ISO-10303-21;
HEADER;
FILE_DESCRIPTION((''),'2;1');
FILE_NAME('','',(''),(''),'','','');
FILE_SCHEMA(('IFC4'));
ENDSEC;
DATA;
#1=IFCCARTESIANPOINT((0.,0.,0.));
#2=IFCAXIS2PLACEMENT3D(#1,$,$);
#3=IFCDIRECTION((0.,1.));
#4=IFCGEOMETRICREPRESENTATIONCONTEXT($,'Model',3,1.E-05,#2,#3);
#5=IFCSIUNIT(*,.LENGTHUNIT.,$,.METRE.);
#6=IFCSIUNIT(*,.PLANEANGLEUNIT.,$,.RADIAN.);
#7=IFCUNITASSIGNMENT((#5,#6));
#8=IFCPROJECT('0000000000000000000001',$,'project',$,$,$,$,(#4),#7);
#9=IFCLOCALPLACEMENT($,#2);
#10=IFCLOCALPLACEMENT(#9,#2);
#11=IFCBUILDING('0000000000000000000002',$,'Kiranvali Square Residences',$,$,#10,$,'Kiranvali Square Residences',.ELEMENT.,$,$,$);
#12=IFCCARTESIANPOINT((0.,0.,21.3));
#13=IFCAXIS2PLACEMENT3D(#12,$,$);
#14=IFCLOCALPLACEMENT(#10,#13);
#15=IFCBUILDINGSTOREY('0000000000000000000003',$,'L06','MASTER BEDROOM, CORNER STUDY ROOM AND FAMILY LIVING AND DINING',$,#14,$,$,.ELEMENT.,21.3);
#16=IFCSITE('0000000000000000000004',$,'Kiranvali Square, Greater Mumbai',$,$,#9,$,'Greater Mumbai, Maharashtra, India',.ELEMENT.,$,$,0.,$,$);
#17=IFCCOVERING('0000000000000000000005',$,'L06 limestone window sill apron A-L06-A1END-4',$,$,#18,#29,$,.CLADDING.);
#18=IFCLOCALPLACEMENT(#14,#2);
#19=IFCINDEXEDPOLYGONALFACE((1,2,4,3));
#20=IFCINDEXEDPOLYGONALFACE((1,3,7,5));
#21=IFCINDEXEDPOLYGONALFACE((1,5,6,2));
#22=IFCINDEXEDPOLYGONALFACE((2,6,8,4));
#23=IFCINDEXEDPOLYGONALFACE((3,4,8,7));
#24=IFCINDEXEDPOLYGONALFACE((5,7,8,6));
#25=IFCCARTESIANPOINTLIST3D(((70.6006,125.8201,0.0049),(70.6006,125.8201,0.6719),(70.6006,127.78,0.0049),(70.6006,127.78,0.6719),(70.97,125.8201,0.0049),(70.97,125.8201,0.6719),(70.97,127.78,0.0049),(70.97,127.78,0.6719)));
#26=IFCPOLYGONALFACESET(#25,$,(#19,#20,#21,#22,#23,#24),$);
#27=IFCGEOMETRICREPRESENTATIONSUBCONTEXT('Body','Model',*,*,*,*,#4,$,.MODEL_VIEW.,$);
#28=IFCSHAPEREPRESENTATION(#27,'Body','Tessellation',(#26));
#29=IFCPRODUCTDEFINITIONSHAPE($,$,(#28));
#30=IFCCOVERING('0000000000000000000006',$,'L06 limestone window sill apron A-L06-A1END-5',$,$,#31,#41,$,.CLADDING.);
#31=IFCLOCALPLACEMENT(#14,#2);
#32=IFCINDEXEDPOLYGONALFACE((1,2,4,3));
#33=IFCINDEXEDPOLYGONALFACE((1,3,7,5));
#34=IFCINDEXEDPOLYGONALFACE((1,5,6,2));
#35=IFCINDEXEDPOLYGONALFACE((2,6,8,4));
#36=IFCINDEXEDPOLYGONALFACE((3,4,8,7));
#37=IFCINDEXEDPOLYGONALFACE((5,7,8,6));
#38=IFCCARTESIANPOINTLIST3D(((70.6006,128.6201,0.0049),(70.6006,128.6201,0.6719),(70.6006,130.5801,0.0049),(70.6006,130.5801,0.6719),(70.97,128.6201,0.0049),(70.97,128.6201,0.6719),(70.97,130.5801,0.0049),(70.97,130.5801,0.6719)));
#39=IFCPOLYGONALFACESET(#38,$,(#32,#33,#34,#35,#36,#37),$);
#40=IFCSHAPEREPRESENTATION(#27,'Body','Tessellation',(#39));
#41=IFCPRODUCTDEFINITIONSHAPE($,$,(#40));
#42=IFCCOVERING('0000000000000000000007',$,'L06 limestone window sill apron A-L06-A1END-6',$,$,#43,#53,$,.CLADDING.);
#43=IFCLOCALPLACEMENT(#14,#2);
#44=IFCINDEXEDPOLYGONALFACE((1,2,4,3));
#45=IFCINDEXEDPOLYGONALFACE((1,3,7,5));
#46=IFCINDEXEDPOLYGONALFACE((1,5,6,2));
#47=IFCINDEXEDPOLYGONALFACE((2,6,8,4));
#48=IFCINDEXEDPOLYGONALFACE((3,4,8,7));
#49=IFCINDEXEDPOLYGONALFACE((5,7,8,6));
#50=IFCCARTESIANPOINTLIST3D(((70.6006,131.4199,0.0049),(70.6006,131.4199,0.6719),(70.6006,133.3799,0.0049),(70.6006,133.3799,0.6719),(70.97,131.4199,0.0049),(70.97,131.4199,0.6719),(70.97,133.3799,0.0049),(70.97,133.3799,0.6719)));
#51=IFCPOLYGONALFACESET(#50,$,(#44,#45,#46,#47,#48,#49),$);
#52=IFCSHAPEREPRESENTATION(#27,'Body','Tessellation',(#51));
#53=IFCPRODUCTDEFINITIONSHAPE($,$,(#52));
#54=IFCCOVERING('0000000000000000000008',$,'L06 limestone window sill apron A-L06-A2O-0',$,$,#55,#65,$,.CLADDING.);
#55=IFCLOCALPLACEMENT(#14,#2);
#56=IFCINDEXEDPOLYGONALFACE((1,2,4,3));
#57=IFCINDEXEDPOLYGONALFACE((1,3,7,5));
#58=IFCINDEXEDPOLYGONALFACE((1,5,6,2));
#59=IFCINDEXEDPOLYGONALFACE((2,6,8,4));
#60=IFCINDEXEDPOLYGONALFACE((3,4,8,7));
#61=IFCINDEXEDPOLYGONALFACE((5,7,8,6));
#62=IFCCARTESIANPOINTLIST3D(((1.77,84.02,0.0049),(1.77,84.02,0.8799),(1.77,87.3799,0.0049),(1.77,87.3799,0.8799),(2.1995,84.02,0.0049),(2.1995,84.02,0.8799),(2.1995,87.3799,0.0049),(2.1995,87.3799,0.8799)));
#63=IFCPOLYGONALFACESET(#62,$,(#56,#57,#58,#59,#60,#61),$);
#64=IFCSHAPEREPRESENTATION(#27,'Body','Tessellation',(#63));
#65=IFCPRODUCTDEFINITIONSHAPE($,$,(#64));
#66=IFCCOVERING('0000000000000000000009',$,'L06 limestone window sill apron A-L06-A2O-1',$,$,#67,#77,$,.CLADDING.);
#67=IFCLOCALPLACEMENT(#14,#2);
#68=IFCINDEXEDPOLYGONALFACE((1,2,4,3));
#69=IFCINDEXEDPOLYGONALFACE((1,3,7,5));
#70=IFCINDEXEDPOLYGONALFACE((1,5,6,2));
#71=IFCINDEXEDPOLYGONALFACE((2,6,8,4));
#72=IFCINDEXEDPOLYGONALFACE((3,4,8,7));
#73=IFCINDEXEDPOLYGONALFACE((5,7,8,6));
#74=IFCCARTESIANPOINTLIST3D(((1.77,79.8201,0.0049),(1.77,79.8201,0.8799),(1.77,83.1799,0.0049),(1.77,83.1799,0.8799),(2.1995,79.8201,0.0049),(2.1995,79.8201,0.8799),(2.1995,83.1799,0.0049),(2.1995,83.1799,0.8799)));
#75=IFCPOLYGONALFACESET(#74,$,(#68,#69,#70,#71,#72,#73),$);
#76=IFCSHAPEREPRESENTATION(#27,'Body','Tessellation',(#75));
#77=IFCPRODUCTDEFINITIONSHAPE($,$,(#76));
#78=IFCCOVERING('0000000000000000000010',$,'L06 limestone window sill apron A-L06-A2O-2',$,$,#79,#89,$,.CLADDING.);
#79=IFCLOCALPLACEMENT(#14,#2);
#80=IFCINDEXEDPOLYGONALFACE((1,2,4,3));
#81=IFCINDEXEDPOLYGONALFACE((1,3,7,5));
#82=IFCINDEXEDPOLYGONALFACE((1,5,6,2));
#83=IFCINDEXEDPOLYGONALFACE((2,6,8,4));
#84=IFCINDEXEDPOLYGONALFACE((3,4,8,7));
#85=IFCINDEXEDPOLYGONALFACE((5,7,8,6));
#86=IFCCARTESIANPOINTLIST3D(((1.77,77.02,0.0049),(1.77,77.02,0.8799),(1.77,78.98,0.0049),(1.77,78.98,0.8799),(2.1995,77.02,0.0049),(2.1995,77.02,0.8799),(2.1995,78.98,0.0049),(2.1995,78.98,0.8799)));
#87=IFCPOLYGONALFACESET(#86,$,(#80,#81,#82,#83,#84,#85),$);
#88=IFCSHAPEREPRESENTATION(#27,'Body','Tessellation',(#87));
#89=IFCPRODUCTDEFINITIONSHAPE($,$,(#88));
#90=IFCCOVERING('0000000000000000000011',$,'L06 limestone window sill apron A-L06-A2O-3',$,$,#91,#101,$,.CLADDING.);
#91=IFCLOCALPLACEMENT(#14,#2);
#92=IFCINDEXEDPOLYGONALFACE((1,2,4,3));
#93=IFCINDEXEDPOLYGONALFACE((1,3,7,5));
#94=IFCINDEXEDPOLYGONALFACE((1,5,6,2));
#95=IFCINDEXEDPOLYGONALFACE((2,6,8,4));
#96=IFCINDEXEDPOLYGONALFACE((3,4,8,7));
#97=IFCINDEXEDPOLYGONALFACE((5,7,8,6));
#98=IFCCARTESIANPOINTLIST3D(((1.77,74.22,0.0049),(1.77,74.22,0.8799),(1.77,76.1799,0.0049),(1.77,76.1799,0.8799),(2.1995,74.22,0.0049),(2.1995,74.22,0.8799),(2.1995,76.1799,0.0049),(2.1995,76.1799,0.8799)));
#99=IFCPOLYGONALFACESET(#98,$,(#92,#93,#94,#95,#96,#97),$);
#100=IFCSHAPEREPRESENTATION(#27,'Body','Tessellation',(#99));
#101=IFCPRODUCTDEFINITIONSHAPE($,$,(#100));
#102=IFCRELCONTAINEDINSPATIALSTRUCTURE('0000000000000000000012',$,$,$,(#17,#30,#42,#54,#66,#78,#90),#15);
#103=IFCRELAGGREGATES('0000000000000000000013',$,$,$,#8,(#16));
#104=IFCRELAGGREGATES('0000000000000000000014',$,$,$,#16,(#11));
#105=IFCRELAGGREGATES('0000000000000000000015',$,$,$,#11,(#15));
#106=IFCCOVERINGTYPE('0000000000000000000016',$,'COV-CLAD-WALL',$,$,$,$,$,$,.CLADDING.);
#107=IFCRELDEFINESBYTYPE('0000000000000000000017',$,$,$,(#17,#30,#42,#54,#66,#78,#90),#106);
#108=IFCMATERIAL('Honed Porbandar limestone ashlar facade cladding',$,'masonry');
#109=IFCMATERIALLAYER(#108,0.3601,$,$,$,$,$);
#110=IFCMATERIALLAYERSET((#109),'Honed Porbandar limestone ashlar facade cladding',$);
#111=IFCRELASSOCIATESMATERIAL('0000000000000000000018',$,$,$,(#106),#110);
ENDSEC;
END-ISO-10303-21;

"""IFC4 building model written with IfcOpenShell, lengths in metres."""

from ifc_helpers import new_model, si_unit, direction, frame, origin, place, context, subcontext, project, spatial, polyline, outline, extrude, material, layer, layer_set, type_object, element, save


model = new_model("IFC4")

# Units and contexts
model_context = context("Model", 3, precision=1e-05, world=origin(), true_north=direction((0.0, 1.0)))
body_context = subcontext(model_context, "Body", "Model", "MODEL_VIEW")
ifc_project = project(units=[si_unit("LENGTHUNIT", "METRE"), si_unit("PLANEANGLEUNIT", "RADIAN")], contexts=[model_context])

# Site, building, storey
site_placement = place(None, origin())
site = spatial("IfcSite", under=ifc_project, at=site_placement, Name="Kiranvali Square, Greater Mumbai", LongName="Greater Mumbai, Maharashtra, India", CompositionType="ELEMENT", RefElevation=0.0)
building_placement = place(site_placement, origin())
building = spatial("IfcBuilding", under=site, at=building_placement, Name="Kiranvali Square Residences", LongName="Kiranvali Square Residences", CompositionType="ELEMENT")
storey_placement = place(building_placement, frame((0.0, 0.0, 21.3)))
storey = spatial("IfcBuildingStorey", under=building, at=storey_placement, Name="L06", Description="MASTER BEDROOM, CORNER STUDY ROOM AND FAMILY LIVING AND DINING", CompositionType="ELEMENT", Elevation=21.3)

# Coverings
ifc_material = material(Name="Honed Porbandar limestone ashlar facade cladding", Category="masonry")
ifc_layer_1 = layer(ifc_material, 0.3601)
ifc_layer_set_1 = layer_set([ifc_layer_1], Name="Honed Porbandar limestone ashlar facade cladding")
covering_type_1 = type_object("IfcCoveringType", Name="COV-CLAD-WALL", PredefinedType="CLADDING", material=ifc_layer_set_1)
covering_1_placement = place(storey_placement, frame((0.0, 0.0, 0.0049)))
element("IfcCovering", 1, at=covering_1_placement, inside=storey, type_object=covering_type_1, Name="L06 limestone window sill apron A-L06-A1END-4", PredefinedType="CLADDING", context=body_context, shape_type="SweptSolid", body=[
    extrude(outline(polyline([(70.97, 125.8201), (70.97, 127.78), (70.6006, 127.78), (70.6006, 125.8201), (70.97, 125.8201)])), origin(), (0.0, 0.0, 1.0), 0.667),
])
covering_2_placement = place(storey_placement, frame((0.0, 0.0, 0.0049)))
element("IfcCovering", 2, at=covering_2_placement, inside=storey, type_object=covering_type_1, Name="L06 limestone window sill apron A-L06-A1END-5", PredefinedType="CLADDING", context=body_context, shape_type="SweptSolid", body=[
    extrude(outline(polyline([(70.97, 128.6201), (70.97, 130.5801), (70.6006, 130.5801), (70.6006, 128.6201), (70.97, 128.6201)])), origin(), (0.0, 0.0, 1.0), 0.667),
])
covering_3_placement = place(storey_placement, frame((0.0, 0.0, 0.0049)))
element("IfcCovering", 3, at=covering_3_placement, inside=storey, type_object=covering_type_1, Name="L06 limestone window sill apron A-L06-A1END-6", PredefinedType="CLADDING", context=body_context, shape_type="SweptSolid", body=[
    extrude(outline(polyline([(70.97, 131.4199), (70.97, 133.3799), (70.6006, 133.3799), (70.6006, 131.4199), (70.97, 131.4199)])), origin(), (0.0, 0.0, 1.0), 0.667),
])
covering_4_placement = place(storey_placement, frame((0.0, 0.0, 0.0049)))
element("IfcCovering", 4, at=covering_4_placement, inside=storey, type_object=covering_type_1, Name="L06 limestone window sill apron A-L06-A2O-0", PredefinedType="CLADDING", context=body_context, shape_type="SweptSolid", body=[
    extrude(outline(polyline([(1.77, 87.3799), (1.77, 84.02), (2.1995, 84.02), (2.1995, 87.3799), (1.77, 87.3799)])), origin(), (0.0, 0.0, 1.0), 0.875),
])
covering_5_placement = place(storey_placement, frame((0.0, 0.0, 0.0049)))
element("IfcCovering", 5, at=covering_5_placement, inside=storey, type_object=covering_type_1, Name="L06 limestone window sill apron A-L06-A2O-1", PredefinedType="CLADDING", context=body_context, shape_type="SweptSolid", body=[
    extrude(outline(polyline([(1.77, 83.1799), (1.77, 79.8201), (2.1995, 79.8201), (2.1995, 83.1799), (1.77, 83.1799)])), origin(), (0.0, 0.0, 1.0), 0.875),
])
covering_6_placement = place(storey_placement, frame((0.0, 0.0, 0.0049)))
element("IfcCovering", 6, at=covering_6_placement, inside=storey, type_object=covering_type_1, Name="L06 limestone window sill apron A-L06-A2O-2", PredefinedType="CLADDING", context=body_context, shape_type="SweptSolid", body=[
    extrude(outline(polyline([(1.77, 78.98), (1.77, 77.02), (2.1995, 77.02), (2.1995, 78.98), (1.77, 78.98)])), origin(), (0.0, 0.0, 1.0), 0.875),
])
covering_7_placement = place(storey_placement, frame((0.0, 0.0, 0.0049)))
element("IfcCovering", 7, at=covering_7_placement, inside=storey, type_object=covering_type_1, Name="L06 limestone window sill apron A-L06-A2O-3", PredefinedType="CLADDING", context=body_context, shape_type="SweptSolid", body=[
    extrude(outline(polyline([(1.77, 76.1799), (1.77, 74.22), (2.1995, 74.22), (2.1995, 76.1799), (1.77, 76.1799)])), origin(), (0.0, 0.0, 1.0), 0.875),
])

save(model, "model.ifc")
